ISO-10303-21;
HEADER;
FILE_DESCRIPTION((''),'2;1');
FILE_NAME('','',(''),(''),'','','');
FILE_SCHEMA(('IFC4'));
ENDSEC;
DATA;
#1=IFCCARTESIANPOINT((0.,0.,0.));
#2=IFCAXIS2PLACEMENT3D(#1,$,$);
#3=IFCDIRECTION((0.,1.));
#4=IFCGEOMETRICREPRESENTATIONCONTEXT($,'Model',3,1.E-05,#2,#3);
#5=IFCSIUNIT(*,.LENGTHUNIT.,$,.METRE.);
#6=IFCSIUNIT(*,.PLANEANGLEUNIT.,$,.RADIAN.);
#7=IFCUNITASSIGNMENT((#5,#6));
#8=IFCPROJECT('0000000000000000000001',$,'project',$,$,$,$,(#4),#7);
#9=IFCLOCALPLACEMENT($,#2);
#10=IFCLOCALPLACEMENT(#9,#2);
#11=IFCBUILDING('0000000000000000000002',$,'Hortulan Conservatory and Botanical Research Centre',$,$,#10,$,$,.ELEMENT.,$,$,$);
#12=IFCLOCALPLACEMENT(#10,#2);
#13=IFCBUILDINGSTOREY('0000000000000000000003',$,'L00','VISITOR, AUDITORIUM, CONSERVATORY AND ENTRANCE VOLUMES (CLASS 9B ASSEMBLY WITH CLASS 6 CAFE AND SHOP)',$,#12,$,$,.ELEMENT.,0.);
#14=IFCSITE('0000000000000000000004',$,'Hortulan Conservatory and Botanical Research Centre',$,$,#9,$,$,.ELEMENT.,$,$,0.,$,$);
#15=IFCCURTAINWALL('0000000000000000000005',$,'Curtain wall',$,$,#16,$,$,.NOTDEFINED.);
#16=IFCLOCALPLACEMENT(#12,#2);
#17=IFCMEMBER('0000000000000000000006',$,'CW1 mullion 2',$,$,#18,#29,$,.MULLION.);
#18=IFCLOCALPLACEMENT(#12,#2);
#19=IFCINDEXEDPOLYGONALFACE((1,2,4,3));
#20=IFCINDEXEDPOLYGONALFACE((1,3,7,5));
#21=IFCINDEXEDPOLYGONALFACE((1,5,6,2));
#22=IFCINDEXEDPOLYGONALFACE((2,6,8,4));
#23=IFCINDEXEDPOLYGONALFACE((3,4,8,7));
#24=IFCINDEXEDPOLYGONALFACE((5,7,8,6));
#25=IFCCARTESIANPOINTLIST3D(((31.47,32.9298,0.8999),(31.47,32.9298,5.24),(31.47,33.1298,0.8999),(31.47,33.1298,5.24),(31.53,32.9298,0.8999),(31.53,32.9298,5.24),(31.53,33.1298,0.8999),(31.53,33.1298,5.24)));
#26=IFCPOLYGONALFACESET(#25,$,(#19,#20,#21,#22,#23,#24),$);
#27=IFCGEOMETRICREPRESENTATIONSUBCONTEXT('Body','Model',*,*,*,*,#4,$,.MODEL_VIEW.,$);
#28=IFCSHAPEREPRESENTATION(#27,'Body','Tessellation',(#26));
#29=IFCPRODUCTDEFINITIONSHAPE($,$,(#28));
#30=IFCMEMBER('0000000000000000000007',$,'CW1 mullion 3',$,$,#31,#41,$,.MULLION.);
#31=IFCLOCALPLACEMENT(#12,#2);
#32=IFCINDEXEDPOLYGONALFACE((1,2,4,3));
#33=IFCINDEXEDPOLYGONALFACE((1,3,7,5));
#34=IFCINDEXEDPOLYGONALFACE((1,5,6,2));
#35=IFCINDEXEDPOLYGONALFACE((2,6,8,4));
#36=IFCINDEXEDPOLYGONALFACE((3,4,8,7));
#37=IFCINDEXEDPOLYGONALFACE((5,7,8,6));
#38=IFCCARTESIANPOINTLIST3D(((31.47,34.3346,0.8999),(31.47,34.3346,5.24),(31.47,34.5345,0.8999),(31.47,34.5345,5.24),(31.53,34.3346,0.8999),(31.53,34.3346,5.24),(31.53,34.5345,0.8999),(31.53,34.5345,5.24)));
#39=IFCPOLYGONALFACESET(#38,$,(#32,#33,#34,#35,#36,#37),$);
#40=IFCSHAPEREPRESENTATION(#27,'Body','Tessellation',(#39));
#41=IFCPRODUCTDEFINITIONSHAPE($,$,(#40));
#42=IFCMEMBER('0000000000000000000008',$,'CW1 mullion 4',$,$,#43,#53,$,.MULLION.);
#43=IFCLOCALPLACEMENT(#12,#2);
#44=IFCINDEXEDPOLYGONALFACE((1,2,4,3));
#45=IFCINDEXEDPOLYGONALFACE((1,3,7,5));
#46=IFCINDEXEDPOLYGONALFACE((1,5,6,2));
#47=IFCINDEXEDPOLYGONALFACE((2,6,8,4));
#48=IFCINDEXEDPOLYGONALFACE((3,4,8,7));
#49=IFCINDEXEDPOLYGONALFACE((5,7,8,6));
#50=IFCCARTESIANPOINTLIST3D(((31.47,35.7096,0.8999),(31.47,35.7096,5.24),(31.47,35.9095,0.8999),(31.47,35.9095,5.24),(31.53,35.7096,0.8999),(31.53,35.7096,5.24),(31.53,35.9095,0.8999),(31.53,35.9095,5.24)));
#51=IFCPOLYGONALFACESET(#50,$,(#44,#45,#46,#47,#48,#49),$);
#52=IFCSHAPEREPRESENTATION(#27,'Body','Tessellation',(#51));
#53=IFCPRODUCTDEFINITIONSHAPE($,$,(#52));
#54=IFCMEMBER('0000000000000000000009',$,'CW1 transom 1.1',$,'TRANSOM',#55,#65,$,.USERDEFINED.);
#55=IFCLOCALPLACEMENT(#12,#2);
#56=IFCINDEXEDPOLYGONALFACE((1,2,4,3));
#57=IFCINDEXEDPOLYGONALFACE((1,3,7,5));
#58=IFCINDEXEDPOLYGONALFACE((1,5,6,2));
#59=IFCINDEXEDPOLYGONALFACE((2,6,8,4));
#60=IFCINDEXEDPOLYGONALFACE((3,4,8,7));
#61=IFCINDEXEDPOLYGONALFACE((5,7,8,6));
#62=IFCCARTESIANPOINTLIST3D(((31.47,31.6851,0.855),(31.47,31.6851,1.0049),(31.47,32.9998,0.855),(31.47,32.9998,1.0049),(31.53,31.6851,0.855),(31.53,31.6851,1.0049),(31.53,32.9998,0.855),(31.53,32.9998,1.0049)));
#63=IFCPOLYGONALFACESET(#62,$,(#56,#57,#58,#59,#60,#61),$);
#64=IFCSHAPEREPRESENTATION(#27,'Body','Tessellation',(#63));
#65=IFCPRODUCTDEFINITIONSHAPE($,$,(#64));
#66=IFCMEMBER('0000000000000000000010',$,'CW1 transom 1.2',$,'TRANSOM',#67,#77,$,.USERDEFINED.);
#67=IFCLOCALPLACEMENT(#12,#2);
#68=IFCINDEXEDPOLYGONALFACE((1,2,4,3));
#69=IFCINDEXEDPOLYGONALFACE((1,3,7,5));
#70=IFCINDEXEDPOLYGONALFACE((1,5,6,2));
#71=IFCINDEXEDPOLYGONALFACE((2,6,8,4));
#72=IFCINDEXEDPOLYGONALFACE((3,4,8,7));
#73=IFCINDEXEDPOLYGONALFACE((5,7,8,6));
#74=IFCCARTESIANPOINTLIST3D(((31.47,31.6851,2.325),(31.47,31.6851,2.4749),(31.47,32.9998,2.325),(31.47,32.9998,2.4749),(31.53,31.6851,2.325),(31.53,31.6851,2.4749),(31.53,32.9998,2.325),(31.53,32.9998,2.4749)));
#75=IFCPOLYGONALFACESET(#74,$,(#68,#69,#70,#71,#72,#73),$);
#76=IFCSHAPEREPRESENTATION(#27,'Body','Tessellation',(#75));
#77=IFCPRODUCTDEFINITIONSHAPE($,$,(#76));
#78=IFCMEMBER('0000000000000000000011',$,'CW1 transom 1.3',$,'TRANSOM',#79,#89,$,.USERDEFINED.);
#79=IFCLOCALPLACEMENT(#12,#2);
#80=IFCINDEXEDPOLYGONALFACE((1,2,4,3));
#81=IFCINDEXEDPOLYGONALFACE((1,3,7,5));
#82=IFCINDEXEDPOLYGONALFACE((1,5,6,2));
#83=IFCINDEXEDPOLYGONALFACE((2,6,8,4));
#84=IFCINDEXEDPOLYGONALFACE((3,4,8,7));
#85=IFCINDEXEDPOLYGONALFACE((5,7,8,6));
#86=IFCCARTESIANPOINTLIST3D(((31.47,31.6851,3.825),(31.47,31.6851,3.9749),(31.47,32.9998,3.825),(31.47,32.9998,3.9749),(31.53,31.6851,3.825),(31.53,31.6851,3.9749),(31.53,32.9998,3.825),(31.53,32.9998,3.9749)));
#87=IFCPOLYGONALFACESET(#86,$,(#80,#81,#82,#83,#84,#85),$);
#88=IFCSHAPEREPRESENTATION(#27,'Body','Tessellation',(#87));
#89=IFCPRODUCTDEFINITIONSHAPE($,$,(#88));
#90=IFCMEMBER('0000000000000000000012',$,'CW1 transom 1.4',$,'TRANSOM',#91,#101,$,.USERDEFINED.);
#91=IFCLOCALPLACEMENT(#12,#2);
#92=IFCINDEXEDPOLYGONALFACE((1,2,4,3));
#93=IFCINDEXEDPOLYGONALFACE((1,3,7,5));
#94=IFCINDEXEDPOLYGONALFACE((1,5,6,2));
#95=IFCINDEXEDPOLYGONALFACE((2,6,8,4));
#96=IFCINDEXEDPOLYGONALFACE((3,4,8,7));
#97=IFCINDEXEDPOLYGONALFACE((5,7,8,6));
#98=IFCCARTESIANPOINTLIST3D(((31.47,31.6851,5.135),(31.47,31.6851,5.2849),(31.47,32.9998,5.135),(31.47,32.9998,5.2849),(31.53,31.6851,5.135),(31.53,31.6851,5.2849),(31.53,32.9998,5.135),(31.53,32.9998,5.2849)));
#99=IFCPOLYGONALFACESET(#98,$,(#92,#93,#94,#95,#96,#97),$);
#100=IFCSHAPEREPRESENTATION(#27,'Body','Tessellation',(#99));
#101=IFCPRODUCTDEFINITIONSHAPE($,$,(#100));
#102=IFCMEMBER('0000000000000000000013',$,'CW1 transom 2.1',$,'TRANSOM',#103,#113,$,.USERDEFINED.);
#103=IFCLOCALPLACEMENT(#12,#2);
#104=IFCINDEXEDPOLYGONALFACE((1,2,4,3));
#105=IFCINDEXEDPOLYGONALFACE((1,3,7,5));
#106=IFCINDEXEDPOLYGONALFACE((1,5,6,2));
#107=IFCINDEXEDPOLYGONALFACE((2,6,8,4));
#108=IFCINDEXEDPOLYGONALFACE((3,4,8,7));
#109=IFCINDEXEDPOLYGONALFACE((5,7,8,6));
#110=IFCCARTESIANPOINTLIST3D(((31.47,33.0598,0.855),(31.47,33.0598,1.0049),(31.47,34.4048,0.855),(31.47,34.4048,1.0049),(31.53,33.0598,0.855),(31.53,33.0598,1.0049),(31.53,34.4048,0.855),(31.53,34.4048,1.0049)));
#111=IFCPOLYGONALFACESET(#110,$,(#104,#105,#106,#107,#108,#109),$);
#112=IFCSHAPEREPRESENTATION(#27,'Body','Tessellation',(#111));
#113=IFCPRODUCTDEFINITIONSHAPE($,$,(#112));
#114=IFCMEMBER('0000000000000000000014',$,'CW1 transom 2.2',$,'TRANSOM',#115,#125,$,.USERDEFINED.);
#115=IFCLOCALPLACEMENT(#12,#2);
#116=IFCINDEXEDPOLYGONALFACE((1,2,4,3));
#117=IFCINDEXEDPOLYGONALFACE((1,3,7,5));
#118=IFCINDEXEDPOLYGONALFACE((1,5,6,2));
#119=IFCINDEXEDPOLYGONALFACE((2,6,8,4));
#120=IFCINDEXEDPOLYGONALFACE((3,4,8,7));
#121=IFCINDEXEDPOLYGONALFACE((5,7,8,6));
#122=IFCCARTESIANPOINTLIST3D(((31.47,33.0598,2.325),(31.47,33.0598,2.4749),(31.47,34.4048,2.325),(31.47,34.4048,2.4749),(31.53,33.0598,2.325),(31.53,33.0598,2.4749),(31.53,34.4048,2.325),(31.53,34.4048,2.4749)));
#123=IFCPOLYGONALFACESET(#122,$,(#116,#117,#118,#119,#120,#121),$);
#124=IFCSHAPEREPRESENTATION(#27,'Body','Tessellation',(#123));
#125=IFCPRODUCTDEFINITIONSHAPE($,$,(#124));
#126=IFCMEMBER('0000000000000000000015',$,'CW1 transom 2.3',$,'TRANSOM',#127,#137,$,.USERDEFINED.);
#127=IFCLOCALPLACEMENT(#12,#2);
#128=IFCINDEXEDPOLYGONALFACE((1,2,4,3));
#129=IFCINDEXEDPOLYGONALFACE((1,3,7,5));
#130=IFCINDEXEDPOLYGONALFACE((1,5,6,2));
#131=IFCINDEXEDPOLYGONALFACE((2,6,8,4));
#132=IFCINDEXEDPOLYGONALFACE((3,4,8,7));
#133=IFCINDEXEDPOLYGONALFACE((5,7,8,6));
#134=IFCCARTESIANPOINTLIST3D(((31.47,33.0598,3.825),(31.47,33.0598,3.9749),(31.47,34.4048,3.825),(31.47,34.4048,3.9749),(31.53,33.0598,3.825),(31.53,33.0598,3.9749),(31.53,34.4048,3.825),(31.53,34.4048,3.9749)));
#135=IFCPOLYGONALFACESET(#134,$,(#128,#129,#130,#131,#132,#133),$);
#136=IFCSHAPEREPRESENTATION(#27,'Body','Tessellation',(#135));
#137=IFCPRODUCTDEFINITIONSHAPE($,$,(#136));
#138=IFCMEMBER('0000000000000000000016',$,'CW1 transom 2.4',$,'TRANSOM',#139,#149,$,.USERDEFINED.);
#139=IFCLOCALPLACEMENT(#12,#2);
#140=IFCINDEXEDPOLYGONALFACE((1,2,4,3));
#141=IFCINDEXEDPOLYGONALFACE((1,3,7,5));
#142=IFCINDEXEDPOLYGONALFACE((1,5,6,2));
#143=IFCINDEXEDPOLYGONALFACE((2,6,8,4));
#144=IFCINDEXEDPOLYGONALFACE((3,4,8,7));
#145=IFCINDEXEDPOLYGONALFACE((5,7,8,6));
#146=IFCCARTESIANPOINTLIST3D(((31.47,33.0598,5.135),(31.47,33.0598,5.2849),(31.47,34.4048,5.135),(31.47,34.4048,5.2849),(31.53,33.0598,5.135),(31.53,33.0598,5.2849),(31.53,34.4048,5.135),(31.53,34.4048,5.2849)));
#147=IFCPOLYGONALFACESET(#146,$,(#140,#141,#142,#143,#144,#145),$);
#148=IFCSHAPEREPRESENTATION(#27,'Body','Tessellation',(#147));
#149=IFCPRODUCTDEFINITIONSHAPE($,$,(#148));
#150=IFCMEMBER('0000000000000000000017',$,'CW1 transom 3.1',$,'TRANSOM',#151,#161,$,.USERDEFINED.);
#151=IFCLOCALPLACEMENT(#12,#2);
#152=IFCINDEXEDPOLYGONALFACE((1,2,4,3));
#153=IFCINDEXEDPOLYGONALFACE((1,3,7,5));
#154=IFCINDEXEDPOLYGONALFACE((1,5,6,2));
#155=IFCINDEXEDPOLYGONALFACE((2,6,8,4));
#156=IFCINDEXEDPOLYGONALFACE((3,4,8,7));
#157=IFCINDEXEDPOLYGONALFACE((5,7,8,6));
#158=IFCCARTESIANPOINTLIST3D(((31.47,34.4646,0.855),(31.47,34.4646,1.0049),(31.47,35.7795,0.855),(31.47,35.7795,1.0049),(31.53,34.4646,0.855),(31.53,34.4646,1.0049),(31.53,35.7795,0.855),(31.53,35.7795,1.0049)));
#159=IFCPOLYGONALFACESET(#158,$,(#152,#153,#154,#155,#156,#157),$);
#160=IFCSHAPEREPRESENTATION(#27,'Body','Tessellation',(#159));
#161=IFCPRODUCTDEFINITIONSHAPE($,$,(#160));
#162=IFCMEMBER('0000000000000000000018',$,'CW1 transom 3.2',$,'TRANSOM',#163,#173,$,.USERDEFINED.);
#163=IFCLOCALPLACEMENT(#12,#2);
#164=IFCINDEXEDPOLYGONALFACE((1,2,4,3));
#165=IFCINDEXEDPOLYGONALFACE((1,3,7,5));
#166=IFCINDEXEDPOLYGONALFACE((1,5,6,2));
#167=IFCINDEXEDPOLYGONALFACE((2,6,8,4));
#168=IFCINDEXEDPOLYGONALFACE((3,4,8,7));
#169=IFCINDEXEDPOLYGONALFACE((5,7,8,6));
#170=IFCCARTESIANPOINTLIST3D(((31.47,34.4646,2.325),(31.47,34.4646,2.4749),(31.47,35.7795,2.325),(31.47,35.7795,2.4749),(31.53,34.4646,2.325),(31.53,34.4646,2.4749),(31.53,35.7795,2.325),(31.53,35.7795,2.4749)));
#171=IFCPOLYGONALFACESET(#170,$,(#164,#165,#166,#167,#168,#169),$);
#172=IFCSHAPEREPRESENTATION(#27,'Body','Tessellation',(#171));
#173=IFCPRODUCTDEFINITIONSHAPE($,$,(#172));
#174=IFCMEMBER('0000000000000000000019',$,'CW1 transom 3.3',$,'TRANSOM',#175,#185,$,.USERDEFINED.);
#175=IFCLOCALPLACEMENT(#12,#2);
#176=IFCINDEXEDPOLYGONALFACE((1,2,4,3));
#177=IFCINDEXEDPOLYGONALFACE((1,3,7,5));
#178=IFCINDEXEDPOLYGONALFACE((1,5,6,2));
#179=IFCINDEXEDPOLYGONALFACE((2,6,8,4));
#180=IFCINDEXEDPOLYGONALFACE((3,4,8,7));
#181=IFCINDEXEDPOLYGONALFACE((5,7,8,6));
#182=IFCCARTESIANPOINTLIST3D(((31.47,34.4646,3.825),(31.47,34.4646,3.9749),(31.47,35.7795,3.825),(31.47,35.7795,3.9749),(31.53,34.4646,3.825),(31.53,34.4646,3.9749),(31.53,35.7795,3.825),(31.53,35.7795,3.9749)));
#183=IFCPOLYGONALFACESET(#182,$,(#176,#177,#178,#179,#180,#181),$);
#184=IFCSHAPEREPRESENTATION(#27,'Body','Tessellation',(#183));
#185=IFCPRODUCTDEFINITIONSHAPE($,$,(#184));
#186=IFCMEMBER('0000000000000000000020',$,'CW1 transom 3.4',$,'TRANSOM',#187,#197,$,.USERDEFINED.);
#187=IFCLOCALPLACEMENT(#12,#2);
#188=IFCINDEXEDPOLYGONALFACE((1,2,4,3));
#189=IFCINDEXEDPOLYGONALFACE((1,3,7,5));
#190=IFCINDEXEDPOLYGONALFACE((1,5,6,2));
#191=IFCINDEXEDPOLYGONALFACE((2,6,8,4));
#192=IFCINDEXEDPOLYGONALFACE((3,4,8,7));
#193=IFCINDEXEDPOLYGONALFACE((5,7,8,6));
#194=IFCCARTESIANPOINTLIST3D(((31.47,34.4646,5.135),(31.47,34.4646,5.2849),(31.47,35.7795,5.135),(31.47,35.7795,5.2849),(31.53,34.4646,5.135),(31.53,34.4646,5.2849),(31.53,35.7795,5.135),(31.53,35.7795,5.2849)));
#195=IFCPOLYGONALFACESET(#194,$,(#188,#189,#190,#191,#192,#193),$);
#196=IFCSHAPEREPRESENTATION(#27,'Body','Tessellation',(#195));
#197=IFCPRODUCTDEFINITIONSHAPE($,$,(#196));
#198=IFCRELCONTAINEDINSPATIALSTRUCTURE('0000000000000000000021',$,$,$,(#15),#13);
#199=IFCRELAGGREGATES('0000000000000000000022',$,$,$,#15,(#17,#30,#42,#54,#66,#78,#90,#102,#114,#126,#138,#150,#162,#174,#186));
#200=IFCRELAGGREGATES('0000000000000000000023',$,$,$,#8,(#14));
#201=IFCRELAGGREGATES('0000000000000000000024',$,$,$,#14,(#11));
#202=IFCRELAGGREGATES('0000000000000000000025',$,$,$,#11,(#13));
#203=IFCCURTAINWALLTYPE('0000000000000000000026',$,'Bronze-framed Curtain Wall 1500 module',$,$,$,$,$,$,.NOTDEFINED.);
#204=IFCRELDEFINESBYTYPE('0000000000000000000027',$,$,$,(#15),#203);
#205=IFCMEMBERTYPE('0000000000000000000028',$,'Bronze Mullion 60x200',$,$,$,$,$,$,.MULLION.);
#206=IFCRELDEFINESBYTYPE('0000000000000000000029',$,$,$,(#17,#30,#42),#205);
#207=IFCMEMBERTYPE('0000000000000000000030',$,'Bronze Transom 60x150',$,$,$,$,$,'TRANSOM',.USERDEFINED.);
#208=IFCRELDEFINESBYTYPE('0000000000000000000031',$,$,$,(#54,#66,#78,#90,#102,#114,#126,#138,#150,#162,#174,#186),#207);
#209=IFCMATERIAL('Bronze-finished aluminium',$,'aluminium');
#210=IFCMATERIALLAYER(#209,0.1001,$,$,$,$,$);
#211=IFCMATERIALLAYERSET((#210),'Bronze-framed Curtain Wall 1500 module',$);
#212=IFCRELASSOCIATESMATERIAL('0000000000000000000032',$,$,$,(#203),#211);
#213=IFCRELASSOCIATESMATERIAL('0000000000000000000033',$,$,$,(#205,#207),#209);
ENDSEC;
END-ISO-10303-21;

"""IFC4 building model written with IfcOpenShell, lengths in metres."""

from ifc_helpers import new_model, si_unit, direction, frame, origin, origin_2d, place, context, subcontext, project, spatial, rectangle, extrude, material, layer, layer_set, material_profile, profile_set, type_object, element, aggregate, save


model = new_model("IFC4")

# Units and contexts
model_context = context("Model", 3, precision=1e-05, world=origin(), true_north=direction((0.0, 1.0)))
body_context = subcontext(model_context, "Body", "Model", "MODEL_VIEW")
ifc_project = project(units=[si_unit("LENGTHUNIT", "METRE"), si_unit("PLANEANGLEUNIT", "RADIAN")], contexts=[model_context])

# Site, building, storey
site_placement = place(None, origin())
site = spatial("IfcSite", under=ifc_project, at=site_placement, Name="Hortulan Conservatory and Botanical Research Centre", CompositionType="ELEMENT", RefElevation=0.0)
building_placement = place(site_placement, origin())
building = spatial("IfcBuilding", under=site, at=building_placement, Name="Hortulan Conservatory and Botanical Research Centre", CompositionType="ELEMENT")
storey_placement = place(building_placement, origin())
storey = spatial("IfcBuildingStorey", under=building, at=storey_placement, Name="L00", Description="VISITOR, AUDITORIUM, CONSERVATORY AND ENTRANCE VOLUMES (CLASS 9B ASSEMBLY WITH CLASS 6 CAFE AND SHOP)", CompositionType="ELEMENT", Elevation=0.0)

# Curtain wall, members
ifc_material_1 = material(Name="Bronze-finished aluminium", Category="aluminium")
ifc_layer_1 = layer(ifc_material_1, 0.1001)
ifc_layer_set_1 = layer_set([ifc_layer_1], Name="Bronze-framed Curtain Wall 1500 module")
curtain_wall_type = type_object("IfcCurtainWallType", Name="Bronze-framed Curtain Wall 1500 module", PredefinedType="NOTDEFINED", material=ifc_layer_set_1)
curtain_wall_placement = place(storey_placement, origin())
curtain_wall = element("IfcCurtainWall", 1, at=curtain_wall_placement, inside=storey, type_object=curtain_wall_type, Name="Curtain wall", PredefinedType="NOTDEFINED")
ifc_material_profile_1 = material_profile(ifc_material_1, rectangle(XDim=0.0601, YDim=0.2, at=origin_2d()), Name="Bronze Mullion 60x200")
ifc_profile_set_1 = profile_set([ifc_material_profile_1], Name="Bronze-finished aluminium")
member_type_1 = type_object("IfcMemberType", Name="Bronze Mullion 60x200", PredefinedType="MULLION", material=ifc_profile_set_1)
member_1_placement = place(storey_placement, frame((31.5, 33.0298, 0.8999), z_axis=(0.0, 0.0, 1.0), x_axis=(-1.0, 0.0, 0.0)))
member_1 = element("IfcMember", 2, at=member_1_placement, type_object=member_type_1, Name="CW1 mullion 2", PredefinedType="MULLION", context=body_context, shape_type="SweptSolid", body=[
    extrude(rectangle(XDim=0.0601, YDim=0.2, at=origin_2d()), origin(), (0.0, 0.0, 1.0), 4.3401),
])
member_2_placement = place(storey_placement, frame((31.5, 34.4346, 0.8999), z_axis=(0.0, 0.0, 1.0), x_axis=(-1.0, 0.0, 0.0)))
member_2 = element("IfcMember", 3, at=member_2_placement, type_object=member_type_1, Name="CW1 mullion 3", PredefinedType="MULLION", context=body_context, shape_type="SweptSolid", body=[
    extrude(rectangle(XDim=0.0601, YDim=0.2, at=origin_2d()), origin(), (0.0, 0.0, 1.0), 4.3401),
])
member_3_placement = place(storey_placement, frame((31.5, 35.8096, 0.8999), z_axis=(0.0, 0.0, 1.0), x_axis=(-1.0, 0.0, 0.0)))
member_3 = element("IfcMember", 4, at=member_3_placement, type_object=member_type_1, Name="CW1 mullion 4", PredefinedType="MULLION", context=body_context, shape_type="SweptSolid", body=[
    extrude(rectangle(XDim=0.0601, YDim=0.2, at=origin_2d()), origin(), (0.0, 0.0, 1.0), 4.3401),
])
ifc_material_profile_2 = material_profile(ifc_material_1, rectangle(XDim=0.0601, YDim=0.1499, at=origin_2d()), Name="Bronze Transom 60x150")
ifc_profile_set_2 = profile_set([ifc_material_profile_2], Name="Bronze-finished aluminium")
member_type_2 = type_object("IfcMemberType", Name="Bronze Transom 60x150", ElementType="TRANSOM", PredefinedType="USERDEFINED", material=ifc_profile_set_2)
member_4_placement = place(storey_placement, frame((31.5, 31.6851, 0.9299), z_axis=(0.0, 1.0, 0.0), x_axis=(-1.0, 0.0, 0.0)))
member_4 = element("IfcMember", 5, at=member_4_placement, type_object=member_type_2, Name="CW1 transom 1.1", ObjectType="TRANSOM", PredefinedType="USERDEFINED", context=body_context, shape_type="SweptSolid", body=[
    extrude(rectangle(XDim=0.0601, YDim=0.1499, at=origin_2d()), origin(), (0.0, 0.0, 1.0), 1.3147),
])
member_5_placement = place(storey_placement, frame((31.5, 31.6851, 2.3999), z_axis=(0.0, 1.0, 0.0), x_axis=(-1.0, 0.0, 0.0)))
member_5 = element("IfcMember", 6, at=member_5_placement, type_object=member_type_2, Name="CW1 transom 1.2", ObjectType="TRANSOM", PredefinedType="USERDEFINED", context=body_context, shape_type="SweptSolid", body=[
    extrude(rectangle(XDim=0.0601, YDim=0.1499, at=origin_2d()), origin(), (0.0, 0.0, 1.0), 1.3147),
])
member_6_placement = place(storey_placement, frame((31.5, 31.6851, 3.8999), z_axis=(0.0, 1.0, 0.0), x_axis=(-1.0, 0.0, 0.0)))
member_6 = element("IfcMember", 7, at=member_6_placement, type_object=member_type_2, Name="CW1 transom 1.3", ObjectType="TRANSOM", PredefinedType="USERDEFINED", context=body_context, shape_type="SweptSolid", body=[
    extrude(rectangle(XDim=0.0601, YDim=0.1499, at=origin_2d()), origin(), (0.0, 0.0, 1.0), 1.3147),
])
member_7_placement = place(storey_placement, frame((31.5, 31.6851, 5.21), z_axis=(0.0, 1.0, 0.0), x_axis=(-1.0, 0.0, 0.0)))
member_7 = element("IfcMember", 8, at=member_7_placement, type_object=member_type_2, Name="CW1 transom 1.4", ObjectType="TRANSOM", PredefinedType="USERDEFINED", context=body_context, shape_type="SweptSolid", body=[
    extrude(rectangle(XDim=0.0601, YDim=0.1499, at=origin_2d()), origin(), (0.0, 0.0, 1.0), 1.3147),
])
member_8_placement = place(storey_placement, frame((31.5, 33.0598, 0.9299), z_axis=(0.0, 1.0, 0.0), x_axis=(-1.0, 0.0, 0.0)))
member_8 = element("IfcMember", 9, at=member_8_placement, type_object=member_type_2, Name="CW1 transom 2.1", ObjectType="TRANSOM", PredefinedType="USERDEFINED", context=body_context, shape_type="SweptSolid", body=[
    extrude(rectangle(XDim=0.0601, YDim=0.1499, at=origin_2d()), origin(), (0.0, 0.0, 1.0), 1.345),
])
member_9_placement = place(storey_placement, frame((31.5, 33.0598, 2.3999), z_axis=(0.0, 1.0, 0.0), x_axis=(-1.0, 0.0, 0.0)))
member_9 = element("IfcMember", 10, at=member_9_placement, type_object=member_type_2, Name="CW1 transom 2.2", ObjectType="TRANSOM", PredefinedType="USERDEFINED", context=body_context, shape_type="SweptSolid", body=[
    extrude(rectangle(XDim=0.0601, YDim=0.1499, at=origin_2d()), origin(), (0.0, 0.0, 1.0), 1.345),
])
member_10_placement = place(storey_placement, frame((31.5, 33.0598, 3.8999), z_axis=(0.0, 1.0, 0.0), x_axis=(-1.0, 0.0, 0.0)))
member_10 = element("IfcMember", 11, at=member_10_placement, type_object=member_type_2, Name="CW1 transom 2.3", ObjectType="TRANSOM", PredefinedType="USERDEFINED", context=body_context, shape_type="SweptSolid", body=[
    extrude(rectangle(XDim=0.0601, YDim=0.1499, at=origin_2d()), origin(), (0.0, 0.0, 1.0), 1.345),
])
member_11_placement = place(storey_placement, frame((31.5, 33.0598, 5.21), z_axis=(0.0, 1.0, 0.0), x_axis=(-1.0, 0.0, 0.0)))
member_11 = element("IfcMember", 12, at=member_11_placement, type_object=member_type_2, Name="CW1 transom 2.4", ObjectType="TRANSOM", PredefinedType="USERDEFINED", context=body_context, shape_type="SweptSolid", body=[
    extrude(rectangle(XDim=0.0601, YDim=0.1499, at=origin_2d()), origin(), (0.0, 0.0, 1.0), 1.345),
])
member_12_placement = place(storey_placement, frame((31.5, 34.4646, 0.9299), z_axis=(0.0, 1.0, 0.0), x_axis=(-1.0, 0.0, 0.0)))
member_12 = element("IfcMember", 13, at=member_12_placement, type_object=member_type_2, Name="CW1 transom 3.1", ObjectType="TRANSOM", PredefinedType="USERDEFINED", context=body_context, shape_type="SweptSolid", body=[
    extrude(rectangle(XDim=0.0601, YDim=0.1499, at=origin_2d()), origin(), (0.0, 0.0, 1.0), 1.3149),
])
member_13_placement = place(storey_placement, frame((31.5, 34.4646, 2.3999), z_axis=(0.0, 1.0, 0.0), x_axis=(-1.0, 0.0, 0.0)))
member_13 = element("IfcMember", 14, at=member_13_placement, type_object=member_type_2, Name="CW1 transom 3.2", ObjectType="TRANSOM", PredefinedType="USERDEFINED", context=body_context, shape_type="SweptSolid", body=[
    extrude(rectangle(XDim=0.0601, YDim=0.1499, at=origin_2d()), origin(), (0.0, 0.0, 1.0), 1.3149),
])
member_14_placement = place(storey_placement, frame((31.5, 34.4646, 3.8999), z_axis=(0.0, 1.0, 0.0), x_axis=(-1.0, 0.0, 0.0)))
member_14 = element("IfcMember", 15, at=member_14_placement, type_object=member_type_2, Name="CW1 transom 3.3", ObjectType="TRANSOM", PredefinedType="USERDEFINED", context=body_context, shape_type="SweptSolid", body=[
    extrude(rectangle(XDim=0.0601, YDim=0.1499, at=origin_2d()), origin(), (0.0, 0.0, 1.0), 1.3149),
])
member_15_placement = place(storey_placement, frame((31.5, 34.4646, 5.21), z_axis=(0.0, 1.0, 0.0), x_axis=(-1.0, 0.0, 0.0)))
member_15 = element("IfcMember", 16, at=member_15_placement, type_object=member_type_2, Name="CW1 transom 3.4", ObjectType="TRANSOM", PredefinedType="USERDEFINED", context=body_context, shape_type="SweptSolid", body=[
    extrude(rectangle(XDim=0.0601, YDim=0.1499, at=origin_2d()), origin(), (0.0, 0.0, 1.0), 1.3149),
])
aggregate(curtain_wall, [member_1, member_2, member_3, member_4, member_5, member_6, member_7, member_8, member_9, member_10, member_11, member_12, member_13, member_14, member_15])

save(model, "model.ifc")
